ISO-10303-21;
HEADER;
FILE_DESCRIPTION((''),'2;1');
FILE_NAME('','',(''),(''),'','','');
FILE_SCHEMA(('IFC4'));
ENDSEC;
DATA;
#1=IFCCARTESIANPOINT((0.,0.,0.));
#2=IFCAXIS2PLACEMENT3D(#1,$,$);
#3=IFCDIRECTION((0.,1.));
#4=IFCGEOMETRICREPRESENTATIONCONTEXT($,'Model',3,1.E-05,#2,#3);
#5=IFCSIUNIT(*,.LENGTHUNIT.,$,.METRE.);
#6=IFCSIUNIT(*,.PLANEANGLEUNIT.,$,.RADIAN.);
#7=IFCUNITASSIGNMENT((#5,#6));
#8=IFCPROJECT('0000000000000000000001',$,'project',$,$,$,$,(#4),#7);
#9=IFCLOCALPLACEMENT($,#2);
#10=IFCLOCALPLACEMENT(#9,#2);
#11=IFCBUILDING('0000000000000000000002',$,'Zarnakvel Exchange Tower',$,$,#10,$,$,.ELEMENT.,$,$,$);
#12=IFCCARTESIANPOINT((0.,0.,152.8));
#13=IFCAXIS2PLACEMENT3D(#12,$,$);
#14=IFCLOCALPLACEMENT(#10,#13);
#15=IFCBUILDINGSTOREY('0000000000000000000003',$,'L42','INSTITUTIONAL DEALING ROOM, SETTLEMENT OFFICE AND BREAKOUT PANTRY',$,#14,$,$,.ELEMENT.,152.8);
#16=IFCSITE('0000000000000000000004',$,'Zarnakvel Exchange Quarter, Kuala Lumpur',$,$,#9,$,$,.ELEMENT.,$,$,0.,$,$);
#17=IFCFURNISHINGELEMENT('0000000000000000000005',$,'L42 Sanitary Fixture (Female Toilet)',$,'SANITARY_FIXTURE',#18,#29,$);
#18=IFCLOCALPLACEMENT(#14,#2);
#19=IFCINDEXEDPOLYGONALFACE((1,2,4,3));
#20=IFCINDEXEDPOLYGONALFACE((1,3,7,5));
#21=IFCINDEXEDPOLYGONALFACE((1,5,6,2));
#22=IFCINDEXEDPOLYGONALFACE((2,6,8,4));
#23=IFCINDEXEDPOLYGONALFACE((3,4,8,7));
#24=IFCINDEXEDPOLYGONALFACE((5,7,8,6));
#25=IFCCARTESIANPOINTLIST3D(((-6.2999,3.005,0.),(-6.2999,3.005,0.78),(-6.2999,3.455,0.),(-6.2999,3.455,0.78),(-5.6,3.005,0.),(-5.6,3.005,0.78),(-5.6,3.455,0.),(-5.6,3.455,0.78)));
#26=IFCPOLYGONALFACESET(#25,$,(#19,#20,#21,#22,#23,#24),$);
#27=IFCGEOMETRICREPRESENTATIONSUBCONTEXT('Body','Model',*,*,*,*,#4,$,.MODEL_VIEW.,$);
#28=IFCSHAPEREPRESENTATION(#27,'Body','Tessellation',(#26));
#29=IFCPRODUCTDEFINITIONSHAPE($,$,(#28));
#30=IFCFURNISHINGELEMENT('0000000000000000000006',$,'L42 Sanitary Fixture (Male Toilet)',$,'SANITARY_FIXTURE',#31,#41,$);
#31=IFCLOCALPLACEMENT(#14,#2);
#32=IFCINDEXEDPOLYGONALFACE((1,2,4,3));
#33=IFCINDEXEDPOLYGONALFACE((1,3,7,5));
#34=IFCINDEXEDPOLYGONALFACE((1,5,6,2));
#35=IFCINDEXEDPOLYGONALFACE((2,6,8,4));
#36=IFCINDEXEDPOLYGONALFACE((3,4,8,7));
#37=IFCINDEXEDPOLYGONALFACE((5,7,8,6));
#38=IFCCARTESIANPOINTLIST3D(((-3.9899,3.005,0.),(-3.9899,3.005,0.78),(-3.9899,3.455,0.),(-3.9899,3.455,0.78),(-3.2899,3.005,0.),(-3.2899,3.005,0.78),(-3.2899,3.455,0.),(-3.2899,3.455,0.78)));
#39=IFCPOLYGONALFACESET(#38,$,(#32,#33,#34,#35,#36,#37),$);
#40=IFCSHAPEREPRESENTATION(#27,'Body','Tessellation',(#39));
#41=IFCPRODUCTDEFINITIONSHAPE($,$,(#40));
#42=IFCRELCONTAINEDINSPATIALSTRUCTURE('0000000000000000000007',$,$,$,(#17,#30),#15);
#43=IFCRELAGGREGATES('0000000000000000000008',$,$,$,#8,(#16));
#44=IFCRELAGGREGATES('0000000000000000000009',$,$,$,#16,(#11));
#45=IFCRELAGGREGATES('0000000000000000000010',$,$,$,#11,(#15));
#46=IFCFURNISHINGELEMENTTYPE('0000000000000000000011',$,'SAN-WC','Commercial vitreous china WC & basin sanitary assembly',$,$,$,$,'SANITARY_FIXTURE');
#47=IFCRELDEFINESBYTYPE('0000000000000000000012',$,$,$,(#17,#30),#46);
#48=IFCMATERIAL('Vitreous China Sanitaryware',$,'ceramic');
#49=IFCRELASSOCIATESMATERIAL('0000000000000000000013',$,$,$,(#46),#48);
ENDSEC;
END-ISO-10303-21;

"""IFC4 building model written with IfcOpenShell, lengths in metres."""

from ifc_helpers import new_model, si_unit, direction, frame, origin, origin_2d, place, context, subcontext, project, spatial, rectangle, extrude, source, transform, mapped, material, type_object, element, save


model = new_model("IFC4")

# Units and contexts
model_context = context("Model", 3, precision=1e-05, world=origin(), true_north=direction((0.0, 1.0)))
body_context = subcontext(model_context, "Body", "Model", "MODEL_VIEW")
ifc_project = project(units=[si_unit("LENGTHUNIT", "METRE"), si_unit("PLANEANGLEUNIT", "RADIAN")], contexts=[model_context])

# Site, building, storey
site_placement = place(None, origin())
site = spatial("IfcSite", under=ifc_project, at=site_placement, Name="Zarnakvel Exchange Quarter, Kuala Lumpur", CompositionType="ELEMENT", RefElevation=0.0)
building_placement = place(site_placement, origin())
building = spatial("IfcBuilding", under=site, at=building_placement, Name="Zarnakvel Exchange Tower", CompositionType="ELEMENT")
storey_placement = place(building_placement, frame((0.0, 0.0, 152.8)))
storey = spatial("IfcBuildingStorey", under=building, at=storey_placement, Name="L42", Description="INSTITUTIONAL DEALING ROOM, SETTLEMENT OFFICE AND BREAKOUT PANTRY", CompositionType="ELEMENT", Elevation=152.8)

# Furnishing elements
ifc_material_1 = material(Name="Vitreous China Sanitaryware", Category="ceramic")
furnishing_element_type = type_object("IfcFurnishingElementType", Name="SAN-WC", Description="Commercial vitreous china WC & basin sanitary assembly", ElementType="SANITARY_FIXTURE", material=ifc_material_1)
shared_shape_1 = source(origin(), body_context, "Body", "SweptSolid", [
    extrude(rectangle(XDim=0.7, YDim=0.45, at=origin_2d()), origin(), (0.0, 0.0, 1.0), 0.78),
])
for number, where, z_axis, x_axis, name in (
    (1, (-5.95, 3.23, 0.0), (0.0, 0.0, 1.0), (1.0, 0.0, 0.0), "L42 Sanitary Fixture (Female Toilet)"),
    (2, (-3.6399, 3.23, 0.0), (0.0, 0.0, 1.0), (1.0, 0.0, 0.0), "L42 Sanitary Fixture (Male Toilet)"),
):
    element("IfcFurnishingElement", number, at=place(storey_placement, frame(where, z_axis=z_axis, x_axis=x_axis)), inside=storey, type_object=furnishing_element_type, Name=name, ObjectType="SANITARY_FIXTURE", context=body_context, shape_type="MappedRepresentation", body=[
        mapped(shared_shape_1, transform((0.0, 0.0, 0.0), x_axis=(1.0, 0.0, 0.0), y_axis=(0.0, 1.0, 0.0), z_axis=(0.0, 0.0, 1.0), scale=1.0)),
    ])

save(model, "model.ifc")
